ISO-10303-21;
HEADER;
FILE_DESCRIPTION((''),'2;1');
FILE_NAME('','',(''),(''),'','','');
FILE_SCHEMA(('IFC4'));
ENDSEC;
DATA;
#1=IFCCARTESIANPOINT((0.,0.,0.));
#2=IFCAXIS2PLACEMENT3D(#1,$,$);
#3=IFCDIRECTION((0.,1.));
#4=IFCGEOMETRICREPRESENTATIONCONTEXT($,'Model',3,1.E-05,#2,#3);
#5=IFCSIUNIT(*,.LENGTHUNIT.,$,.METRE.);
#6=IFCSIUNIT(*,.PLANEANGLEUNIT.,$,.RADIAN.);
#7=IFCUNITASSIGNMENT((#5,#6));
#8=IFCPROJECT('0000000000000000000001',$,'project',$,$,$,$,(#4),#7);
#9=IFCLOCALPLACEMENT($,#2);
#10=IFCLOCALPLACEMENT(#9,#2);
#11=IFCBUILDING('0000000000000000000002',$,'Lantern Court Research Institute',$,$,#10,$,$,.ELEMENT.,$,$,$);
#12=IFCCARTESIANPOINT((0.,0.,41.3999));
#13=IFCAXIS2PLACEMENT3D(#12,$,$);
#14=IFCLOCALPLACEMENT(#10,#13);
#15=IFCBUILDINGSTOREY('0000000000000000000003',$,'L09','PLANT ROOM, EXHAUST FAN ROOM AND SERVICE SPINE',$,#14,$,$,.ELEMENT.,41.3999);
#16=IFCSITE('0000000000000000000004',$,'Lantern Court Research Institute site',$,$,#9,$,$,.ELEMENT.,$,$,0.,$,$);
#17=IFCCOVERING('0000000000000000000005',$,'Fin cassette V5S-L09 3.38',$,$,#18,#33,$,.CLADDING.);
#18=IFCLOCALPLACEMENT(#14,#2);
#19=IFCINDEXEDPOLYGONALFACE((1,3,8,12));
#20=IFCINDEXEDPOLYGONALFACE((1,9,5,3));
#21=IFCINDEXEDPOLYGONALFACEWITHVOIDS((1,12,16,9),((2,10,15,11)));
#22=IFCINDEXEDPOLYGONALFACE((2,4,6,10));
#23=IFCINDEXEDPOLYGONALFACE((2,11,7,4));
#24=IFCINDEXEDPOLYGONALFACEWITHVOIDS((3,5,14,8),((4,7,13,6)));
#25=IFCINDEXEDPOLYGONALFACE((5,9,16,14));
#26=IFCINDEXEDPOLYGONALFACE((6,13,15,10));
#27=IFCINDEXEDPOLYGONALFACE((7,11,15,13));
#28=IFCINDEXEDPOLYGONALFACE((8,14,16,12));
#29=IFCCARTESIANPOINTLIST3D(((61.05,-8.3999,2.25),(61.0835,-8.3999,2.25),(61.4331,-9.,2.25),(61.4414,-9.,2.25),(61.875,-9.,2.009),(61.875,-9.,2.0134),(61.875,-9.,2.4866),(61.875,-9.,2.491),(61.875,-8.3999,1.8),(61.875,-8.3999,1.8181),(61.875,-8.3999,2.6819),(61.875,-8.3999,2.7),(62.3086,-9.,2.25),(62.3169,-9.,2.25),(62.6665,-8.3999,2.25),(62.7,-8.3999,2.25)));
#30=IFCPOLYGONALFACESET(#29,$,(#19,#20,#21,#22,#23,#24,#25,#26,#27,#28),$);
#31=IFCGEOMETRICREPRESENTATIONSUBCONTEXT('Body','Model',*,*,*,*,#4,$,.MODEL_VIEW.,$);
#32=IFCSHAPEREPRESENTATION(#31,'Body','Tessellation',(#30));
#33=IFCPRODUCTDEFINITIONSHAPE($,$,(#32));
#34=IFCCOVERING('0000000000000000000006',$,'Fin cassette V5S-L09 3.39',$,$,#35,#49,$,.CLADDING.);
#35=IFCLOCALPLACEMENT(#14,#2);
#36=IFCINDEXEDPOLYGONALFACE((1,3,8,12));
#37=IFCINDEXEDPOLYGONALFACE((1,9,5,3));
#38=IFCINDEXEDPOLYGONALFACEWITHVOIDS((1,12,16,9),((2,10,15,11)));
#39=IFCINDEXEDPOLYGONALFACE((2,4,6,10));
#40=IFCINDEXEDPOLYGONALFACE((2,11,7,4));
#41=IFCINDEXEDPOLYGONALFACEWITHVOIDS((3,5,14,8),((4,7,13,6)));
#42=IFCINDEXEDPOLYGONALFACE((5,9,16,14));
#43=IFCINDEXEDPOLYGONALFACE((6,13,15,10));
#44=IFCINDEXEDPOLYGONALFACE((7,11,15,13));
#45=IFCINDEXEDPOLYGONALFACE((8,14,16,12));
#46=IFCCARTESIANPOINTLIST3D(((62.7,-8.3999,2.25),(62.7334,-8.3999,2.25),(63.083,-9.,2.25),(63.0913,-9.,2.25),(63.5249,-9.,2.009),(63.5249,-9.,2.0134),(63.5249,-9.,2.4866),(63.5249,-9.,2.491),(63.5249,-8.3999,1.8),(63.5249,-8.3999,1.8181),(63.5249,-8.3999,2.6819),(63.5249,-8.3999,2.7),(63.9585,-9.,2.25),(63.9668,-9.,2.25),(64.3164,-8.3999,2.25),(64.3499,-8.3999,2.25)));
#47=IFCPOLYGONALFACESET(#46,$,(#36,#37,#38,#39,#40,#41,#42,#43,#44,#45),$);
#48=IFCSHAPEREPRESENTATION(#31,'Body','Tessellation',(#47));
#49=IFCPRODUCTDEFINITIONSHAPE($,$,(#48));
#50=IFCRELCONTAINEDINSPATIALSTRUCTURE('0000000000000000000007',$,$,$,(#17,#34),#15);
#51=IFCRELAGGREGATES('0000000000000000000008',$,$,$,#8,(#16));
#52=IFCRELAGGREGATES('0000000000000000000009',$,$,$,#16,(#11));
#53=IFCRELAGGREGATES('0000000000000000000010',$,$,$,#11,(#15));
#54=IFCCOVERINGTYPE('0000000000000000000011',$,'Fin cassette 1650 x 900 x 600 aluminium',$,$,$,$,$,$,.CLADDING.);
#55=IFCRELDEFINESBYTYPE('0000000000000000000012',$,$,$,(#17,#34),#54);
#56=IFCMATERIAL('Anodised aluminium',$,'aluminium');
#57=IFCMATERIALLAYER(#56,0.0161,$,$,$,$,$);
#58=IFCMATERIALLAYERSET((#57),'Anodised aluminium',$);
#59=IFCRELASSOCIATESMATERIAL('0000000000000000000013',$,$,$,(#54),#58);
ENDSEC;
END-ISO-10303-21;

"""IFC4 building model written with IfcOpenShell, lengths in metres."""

from ifc_helpers import new_model, entity, si_unit, direction, frame, origin, place, context, subcontext, project, spatial, material, layer, layer_set, type_object, element, save


model = new_model("IFC4")

# Units and contexts
model_context = context("Model", 3, precision=1e-05, world=origin(), true_north=direction((0.0, 1.0)))
body_context = subcontext(model_context, "Body", "Model", "MODEL_VIEW")
ifc_project = project(units=[si_unit("LENGTHUNIT", "METRE"), si_unit("PLANEANGLEUNIT", "RADIAN")], contexts=[model_context])

# Site, building, storey
site_placement = place(None, origin())
site = spatial("IfcSite", under=ifc_project, at=site_placement, Name="Lantern Court Research Institute site", CompositionType="ELEMENT", RefElevation=0.0)
building_placement = place(site_placement, origin())
building = spatial("IfcBuilding", under=site, at=building_placement, Name="Lantern Court Research Institute", CompositionType="ELEMENT")
storey_placement = place(building_placement, frame((0.0, 0.0, 41.3999)))
storey = spatial("IfcBuildingStorey", under=building, at=storey_placement, Name="L09", Description="PLANT ROOM, EXHAUST FAN ROOM AND SERVICE SPINE", CompositionType="ELEMENT", Elevation=41.3999)

# Coverings
ifc_material_1 = material(Name="Anodised aluminium", Category="aluminium")
ifc_layer_1 = layer(ifc_material_1, 0.0161)
ifc_layer_set_1 = layer_set([ifc_layer_1], Name="Anodised aluminium")
covering_type = type_object("IfcCoveringType", Name="Fin cassette 1650 x 900 x 600 aluminium", PredefinedType="CLADDING", material=ifc_layer_set_1)
covering_1_placement = place(storey_placement, frame((61.875, -8.3999, 2.25), z_axis=(0.0, -1.0, 0.0), x_axis=(1.0, 0.0, 0.0)))
cartesian_point_1 = entity("IfcCartesianPoint", [0.825, 0.0])
cartesian_point_2 = entity("IfcCartesianPoint", [0.7915, 0.0])
cartesian_point_3 = entity("IfcCartesianPoint", [0.4419, 0.0])
cartesian_point_4 = entity("IfcCartesianPoint", [0.4336, 0.0])
element("IfcCovering", 1, at=covering_1_placement, inside=storey, type_object=covering_type, Name="Fin cassette V5S-L09 3.38", PredefinedType="CLADDING", context=body_context, shape_type="SweptSolid", body=[
    entity("IfcExtrudedAreaSolidTapered", entity("IfcArbitraryProfileDefWithVoids", "AREA", None, entity("IfcPolyline", [cartesian_point_1, entity("IfcCartesianPoint", [0.0, 0.45]), entity("IfcCartesianPoint", [-0.825, 0.0]), entity("IfcCartesianPoint", [0.0, -0.45]), cartesian_point_1]), [entity("IfcPolyline", [cartesian_point_2, entity("IfcCartesianPoint", [0.0, 0.4319]), entity("IfcCartesianPoint", [-0.7915, 0.0]), entity("IfcCartesianPoint", [0.0, -0.4319]), cartesian_point_2])]), entity("IfcAxis2Placement3D", entity("IfcCartesianPoint", [0.0, 0.0, 0.0])), entity("IfcDirection", [0.0, 0.0, 1.0]), 0.6001, entity("IfcArbitraryProfileDefWithVoids", "AREA", None, entity("IfcPolyline", [cartesian_point_3, entity("IfcCartesianPoint", [0.0, 0.241]), entity("IfcCartesianPoint", [-0.4419, 0.0]), entity("IfcCartesianPoint", [0.0, -0.241]), cartesian_point_3]), [entity("IfcPolyline", [cartesian_point_4, entity("IfcCartesianPoint", [0.0, 0.2366]), entity("IfcCartesianPoint", [-0.4336, 0.0]), entity("IfcCartesianPoint", [0.0, -0.2366]), cartesian_point_4])])),
])
covering_2_placement = place(storey_placement, frame((63.5249, -8.3999, 2.25), z_axis=(0.0, -1.0, 0.0), x_axis=(1.0, 0.0, 0.0)))
cartesian_point_5 = entity("IfcCartesianPoint", [0.825, 0.0])
cartesian_point_6 = entity("IfcCartesianPoint", [0.7915, 0.0])
cartesian_point_7 = entity("IfcCartesianPoint", [0.4419, 0.0])
cartesian_point_8 = entity("IfcCartesianPoint", [0.4336, 0.0])
element("IfcCovering", 2, at=covering_2_placement, inside=storey, type_object=covering_type, Name="Fin cassette V5S-L09 3.39", PredefinedType="CLADDING", context=body_context, shape_type="SweptSolid", body=[
    entity("IfcExtrudedAreaSolidTapered", entity("IfcArbitraryProfileDefWithVoids", "AREA", None, entity("IfcPolyline", [cartesian_point_5, entity("IfcCartesianPoint", [0.0, 0.45]), entity("IfcCartesianPoint", [-0.825, 0.0]), entity("IfcCartesianPoint", [0.0, -0.45]), cartesian_point_5]), [entity("IfcPolyline", [cartesian_point_6, entity("IfcCartesianPoint", [0.0, 0.4319]), entity("IfcCartesianPoint", [-0.7915, 0.0]), entity("IfcCartesianPoint", [0.0, -0.4319]), cartesian_point_6])]), entity("IfcAxis2Placement3D", entity("IfcCartesianPoint", [0.0, 0.0, 0.0])), entity("IfcDirection", [0.0, 0.0, 1.0]), 0.6001, entity("IfcArbitraryProfileDefWithVoids", "AREA", None, entity("IfcPolyline", [cartesian_point_7, entity("IfcCartesianPoint", [0.0, 0.241]), entity("IfcCartesianPoint", [-0.4419, 0.0]), entity("IfcCartesianPoint", [0.0, -0.241]), cartesian_point_7]), [entity("IfcPolyline", [cartesian_point_8, entity("IfcCartesianPoint", [0.0, 0.2366]), entity("IfcCartesianPoint", [-0.4336, 0.0]), entity("IfcCartesianPoint", [0.0, -0.2366]), cartesian_point_8])])),
])

save(model, "model.ifc")
